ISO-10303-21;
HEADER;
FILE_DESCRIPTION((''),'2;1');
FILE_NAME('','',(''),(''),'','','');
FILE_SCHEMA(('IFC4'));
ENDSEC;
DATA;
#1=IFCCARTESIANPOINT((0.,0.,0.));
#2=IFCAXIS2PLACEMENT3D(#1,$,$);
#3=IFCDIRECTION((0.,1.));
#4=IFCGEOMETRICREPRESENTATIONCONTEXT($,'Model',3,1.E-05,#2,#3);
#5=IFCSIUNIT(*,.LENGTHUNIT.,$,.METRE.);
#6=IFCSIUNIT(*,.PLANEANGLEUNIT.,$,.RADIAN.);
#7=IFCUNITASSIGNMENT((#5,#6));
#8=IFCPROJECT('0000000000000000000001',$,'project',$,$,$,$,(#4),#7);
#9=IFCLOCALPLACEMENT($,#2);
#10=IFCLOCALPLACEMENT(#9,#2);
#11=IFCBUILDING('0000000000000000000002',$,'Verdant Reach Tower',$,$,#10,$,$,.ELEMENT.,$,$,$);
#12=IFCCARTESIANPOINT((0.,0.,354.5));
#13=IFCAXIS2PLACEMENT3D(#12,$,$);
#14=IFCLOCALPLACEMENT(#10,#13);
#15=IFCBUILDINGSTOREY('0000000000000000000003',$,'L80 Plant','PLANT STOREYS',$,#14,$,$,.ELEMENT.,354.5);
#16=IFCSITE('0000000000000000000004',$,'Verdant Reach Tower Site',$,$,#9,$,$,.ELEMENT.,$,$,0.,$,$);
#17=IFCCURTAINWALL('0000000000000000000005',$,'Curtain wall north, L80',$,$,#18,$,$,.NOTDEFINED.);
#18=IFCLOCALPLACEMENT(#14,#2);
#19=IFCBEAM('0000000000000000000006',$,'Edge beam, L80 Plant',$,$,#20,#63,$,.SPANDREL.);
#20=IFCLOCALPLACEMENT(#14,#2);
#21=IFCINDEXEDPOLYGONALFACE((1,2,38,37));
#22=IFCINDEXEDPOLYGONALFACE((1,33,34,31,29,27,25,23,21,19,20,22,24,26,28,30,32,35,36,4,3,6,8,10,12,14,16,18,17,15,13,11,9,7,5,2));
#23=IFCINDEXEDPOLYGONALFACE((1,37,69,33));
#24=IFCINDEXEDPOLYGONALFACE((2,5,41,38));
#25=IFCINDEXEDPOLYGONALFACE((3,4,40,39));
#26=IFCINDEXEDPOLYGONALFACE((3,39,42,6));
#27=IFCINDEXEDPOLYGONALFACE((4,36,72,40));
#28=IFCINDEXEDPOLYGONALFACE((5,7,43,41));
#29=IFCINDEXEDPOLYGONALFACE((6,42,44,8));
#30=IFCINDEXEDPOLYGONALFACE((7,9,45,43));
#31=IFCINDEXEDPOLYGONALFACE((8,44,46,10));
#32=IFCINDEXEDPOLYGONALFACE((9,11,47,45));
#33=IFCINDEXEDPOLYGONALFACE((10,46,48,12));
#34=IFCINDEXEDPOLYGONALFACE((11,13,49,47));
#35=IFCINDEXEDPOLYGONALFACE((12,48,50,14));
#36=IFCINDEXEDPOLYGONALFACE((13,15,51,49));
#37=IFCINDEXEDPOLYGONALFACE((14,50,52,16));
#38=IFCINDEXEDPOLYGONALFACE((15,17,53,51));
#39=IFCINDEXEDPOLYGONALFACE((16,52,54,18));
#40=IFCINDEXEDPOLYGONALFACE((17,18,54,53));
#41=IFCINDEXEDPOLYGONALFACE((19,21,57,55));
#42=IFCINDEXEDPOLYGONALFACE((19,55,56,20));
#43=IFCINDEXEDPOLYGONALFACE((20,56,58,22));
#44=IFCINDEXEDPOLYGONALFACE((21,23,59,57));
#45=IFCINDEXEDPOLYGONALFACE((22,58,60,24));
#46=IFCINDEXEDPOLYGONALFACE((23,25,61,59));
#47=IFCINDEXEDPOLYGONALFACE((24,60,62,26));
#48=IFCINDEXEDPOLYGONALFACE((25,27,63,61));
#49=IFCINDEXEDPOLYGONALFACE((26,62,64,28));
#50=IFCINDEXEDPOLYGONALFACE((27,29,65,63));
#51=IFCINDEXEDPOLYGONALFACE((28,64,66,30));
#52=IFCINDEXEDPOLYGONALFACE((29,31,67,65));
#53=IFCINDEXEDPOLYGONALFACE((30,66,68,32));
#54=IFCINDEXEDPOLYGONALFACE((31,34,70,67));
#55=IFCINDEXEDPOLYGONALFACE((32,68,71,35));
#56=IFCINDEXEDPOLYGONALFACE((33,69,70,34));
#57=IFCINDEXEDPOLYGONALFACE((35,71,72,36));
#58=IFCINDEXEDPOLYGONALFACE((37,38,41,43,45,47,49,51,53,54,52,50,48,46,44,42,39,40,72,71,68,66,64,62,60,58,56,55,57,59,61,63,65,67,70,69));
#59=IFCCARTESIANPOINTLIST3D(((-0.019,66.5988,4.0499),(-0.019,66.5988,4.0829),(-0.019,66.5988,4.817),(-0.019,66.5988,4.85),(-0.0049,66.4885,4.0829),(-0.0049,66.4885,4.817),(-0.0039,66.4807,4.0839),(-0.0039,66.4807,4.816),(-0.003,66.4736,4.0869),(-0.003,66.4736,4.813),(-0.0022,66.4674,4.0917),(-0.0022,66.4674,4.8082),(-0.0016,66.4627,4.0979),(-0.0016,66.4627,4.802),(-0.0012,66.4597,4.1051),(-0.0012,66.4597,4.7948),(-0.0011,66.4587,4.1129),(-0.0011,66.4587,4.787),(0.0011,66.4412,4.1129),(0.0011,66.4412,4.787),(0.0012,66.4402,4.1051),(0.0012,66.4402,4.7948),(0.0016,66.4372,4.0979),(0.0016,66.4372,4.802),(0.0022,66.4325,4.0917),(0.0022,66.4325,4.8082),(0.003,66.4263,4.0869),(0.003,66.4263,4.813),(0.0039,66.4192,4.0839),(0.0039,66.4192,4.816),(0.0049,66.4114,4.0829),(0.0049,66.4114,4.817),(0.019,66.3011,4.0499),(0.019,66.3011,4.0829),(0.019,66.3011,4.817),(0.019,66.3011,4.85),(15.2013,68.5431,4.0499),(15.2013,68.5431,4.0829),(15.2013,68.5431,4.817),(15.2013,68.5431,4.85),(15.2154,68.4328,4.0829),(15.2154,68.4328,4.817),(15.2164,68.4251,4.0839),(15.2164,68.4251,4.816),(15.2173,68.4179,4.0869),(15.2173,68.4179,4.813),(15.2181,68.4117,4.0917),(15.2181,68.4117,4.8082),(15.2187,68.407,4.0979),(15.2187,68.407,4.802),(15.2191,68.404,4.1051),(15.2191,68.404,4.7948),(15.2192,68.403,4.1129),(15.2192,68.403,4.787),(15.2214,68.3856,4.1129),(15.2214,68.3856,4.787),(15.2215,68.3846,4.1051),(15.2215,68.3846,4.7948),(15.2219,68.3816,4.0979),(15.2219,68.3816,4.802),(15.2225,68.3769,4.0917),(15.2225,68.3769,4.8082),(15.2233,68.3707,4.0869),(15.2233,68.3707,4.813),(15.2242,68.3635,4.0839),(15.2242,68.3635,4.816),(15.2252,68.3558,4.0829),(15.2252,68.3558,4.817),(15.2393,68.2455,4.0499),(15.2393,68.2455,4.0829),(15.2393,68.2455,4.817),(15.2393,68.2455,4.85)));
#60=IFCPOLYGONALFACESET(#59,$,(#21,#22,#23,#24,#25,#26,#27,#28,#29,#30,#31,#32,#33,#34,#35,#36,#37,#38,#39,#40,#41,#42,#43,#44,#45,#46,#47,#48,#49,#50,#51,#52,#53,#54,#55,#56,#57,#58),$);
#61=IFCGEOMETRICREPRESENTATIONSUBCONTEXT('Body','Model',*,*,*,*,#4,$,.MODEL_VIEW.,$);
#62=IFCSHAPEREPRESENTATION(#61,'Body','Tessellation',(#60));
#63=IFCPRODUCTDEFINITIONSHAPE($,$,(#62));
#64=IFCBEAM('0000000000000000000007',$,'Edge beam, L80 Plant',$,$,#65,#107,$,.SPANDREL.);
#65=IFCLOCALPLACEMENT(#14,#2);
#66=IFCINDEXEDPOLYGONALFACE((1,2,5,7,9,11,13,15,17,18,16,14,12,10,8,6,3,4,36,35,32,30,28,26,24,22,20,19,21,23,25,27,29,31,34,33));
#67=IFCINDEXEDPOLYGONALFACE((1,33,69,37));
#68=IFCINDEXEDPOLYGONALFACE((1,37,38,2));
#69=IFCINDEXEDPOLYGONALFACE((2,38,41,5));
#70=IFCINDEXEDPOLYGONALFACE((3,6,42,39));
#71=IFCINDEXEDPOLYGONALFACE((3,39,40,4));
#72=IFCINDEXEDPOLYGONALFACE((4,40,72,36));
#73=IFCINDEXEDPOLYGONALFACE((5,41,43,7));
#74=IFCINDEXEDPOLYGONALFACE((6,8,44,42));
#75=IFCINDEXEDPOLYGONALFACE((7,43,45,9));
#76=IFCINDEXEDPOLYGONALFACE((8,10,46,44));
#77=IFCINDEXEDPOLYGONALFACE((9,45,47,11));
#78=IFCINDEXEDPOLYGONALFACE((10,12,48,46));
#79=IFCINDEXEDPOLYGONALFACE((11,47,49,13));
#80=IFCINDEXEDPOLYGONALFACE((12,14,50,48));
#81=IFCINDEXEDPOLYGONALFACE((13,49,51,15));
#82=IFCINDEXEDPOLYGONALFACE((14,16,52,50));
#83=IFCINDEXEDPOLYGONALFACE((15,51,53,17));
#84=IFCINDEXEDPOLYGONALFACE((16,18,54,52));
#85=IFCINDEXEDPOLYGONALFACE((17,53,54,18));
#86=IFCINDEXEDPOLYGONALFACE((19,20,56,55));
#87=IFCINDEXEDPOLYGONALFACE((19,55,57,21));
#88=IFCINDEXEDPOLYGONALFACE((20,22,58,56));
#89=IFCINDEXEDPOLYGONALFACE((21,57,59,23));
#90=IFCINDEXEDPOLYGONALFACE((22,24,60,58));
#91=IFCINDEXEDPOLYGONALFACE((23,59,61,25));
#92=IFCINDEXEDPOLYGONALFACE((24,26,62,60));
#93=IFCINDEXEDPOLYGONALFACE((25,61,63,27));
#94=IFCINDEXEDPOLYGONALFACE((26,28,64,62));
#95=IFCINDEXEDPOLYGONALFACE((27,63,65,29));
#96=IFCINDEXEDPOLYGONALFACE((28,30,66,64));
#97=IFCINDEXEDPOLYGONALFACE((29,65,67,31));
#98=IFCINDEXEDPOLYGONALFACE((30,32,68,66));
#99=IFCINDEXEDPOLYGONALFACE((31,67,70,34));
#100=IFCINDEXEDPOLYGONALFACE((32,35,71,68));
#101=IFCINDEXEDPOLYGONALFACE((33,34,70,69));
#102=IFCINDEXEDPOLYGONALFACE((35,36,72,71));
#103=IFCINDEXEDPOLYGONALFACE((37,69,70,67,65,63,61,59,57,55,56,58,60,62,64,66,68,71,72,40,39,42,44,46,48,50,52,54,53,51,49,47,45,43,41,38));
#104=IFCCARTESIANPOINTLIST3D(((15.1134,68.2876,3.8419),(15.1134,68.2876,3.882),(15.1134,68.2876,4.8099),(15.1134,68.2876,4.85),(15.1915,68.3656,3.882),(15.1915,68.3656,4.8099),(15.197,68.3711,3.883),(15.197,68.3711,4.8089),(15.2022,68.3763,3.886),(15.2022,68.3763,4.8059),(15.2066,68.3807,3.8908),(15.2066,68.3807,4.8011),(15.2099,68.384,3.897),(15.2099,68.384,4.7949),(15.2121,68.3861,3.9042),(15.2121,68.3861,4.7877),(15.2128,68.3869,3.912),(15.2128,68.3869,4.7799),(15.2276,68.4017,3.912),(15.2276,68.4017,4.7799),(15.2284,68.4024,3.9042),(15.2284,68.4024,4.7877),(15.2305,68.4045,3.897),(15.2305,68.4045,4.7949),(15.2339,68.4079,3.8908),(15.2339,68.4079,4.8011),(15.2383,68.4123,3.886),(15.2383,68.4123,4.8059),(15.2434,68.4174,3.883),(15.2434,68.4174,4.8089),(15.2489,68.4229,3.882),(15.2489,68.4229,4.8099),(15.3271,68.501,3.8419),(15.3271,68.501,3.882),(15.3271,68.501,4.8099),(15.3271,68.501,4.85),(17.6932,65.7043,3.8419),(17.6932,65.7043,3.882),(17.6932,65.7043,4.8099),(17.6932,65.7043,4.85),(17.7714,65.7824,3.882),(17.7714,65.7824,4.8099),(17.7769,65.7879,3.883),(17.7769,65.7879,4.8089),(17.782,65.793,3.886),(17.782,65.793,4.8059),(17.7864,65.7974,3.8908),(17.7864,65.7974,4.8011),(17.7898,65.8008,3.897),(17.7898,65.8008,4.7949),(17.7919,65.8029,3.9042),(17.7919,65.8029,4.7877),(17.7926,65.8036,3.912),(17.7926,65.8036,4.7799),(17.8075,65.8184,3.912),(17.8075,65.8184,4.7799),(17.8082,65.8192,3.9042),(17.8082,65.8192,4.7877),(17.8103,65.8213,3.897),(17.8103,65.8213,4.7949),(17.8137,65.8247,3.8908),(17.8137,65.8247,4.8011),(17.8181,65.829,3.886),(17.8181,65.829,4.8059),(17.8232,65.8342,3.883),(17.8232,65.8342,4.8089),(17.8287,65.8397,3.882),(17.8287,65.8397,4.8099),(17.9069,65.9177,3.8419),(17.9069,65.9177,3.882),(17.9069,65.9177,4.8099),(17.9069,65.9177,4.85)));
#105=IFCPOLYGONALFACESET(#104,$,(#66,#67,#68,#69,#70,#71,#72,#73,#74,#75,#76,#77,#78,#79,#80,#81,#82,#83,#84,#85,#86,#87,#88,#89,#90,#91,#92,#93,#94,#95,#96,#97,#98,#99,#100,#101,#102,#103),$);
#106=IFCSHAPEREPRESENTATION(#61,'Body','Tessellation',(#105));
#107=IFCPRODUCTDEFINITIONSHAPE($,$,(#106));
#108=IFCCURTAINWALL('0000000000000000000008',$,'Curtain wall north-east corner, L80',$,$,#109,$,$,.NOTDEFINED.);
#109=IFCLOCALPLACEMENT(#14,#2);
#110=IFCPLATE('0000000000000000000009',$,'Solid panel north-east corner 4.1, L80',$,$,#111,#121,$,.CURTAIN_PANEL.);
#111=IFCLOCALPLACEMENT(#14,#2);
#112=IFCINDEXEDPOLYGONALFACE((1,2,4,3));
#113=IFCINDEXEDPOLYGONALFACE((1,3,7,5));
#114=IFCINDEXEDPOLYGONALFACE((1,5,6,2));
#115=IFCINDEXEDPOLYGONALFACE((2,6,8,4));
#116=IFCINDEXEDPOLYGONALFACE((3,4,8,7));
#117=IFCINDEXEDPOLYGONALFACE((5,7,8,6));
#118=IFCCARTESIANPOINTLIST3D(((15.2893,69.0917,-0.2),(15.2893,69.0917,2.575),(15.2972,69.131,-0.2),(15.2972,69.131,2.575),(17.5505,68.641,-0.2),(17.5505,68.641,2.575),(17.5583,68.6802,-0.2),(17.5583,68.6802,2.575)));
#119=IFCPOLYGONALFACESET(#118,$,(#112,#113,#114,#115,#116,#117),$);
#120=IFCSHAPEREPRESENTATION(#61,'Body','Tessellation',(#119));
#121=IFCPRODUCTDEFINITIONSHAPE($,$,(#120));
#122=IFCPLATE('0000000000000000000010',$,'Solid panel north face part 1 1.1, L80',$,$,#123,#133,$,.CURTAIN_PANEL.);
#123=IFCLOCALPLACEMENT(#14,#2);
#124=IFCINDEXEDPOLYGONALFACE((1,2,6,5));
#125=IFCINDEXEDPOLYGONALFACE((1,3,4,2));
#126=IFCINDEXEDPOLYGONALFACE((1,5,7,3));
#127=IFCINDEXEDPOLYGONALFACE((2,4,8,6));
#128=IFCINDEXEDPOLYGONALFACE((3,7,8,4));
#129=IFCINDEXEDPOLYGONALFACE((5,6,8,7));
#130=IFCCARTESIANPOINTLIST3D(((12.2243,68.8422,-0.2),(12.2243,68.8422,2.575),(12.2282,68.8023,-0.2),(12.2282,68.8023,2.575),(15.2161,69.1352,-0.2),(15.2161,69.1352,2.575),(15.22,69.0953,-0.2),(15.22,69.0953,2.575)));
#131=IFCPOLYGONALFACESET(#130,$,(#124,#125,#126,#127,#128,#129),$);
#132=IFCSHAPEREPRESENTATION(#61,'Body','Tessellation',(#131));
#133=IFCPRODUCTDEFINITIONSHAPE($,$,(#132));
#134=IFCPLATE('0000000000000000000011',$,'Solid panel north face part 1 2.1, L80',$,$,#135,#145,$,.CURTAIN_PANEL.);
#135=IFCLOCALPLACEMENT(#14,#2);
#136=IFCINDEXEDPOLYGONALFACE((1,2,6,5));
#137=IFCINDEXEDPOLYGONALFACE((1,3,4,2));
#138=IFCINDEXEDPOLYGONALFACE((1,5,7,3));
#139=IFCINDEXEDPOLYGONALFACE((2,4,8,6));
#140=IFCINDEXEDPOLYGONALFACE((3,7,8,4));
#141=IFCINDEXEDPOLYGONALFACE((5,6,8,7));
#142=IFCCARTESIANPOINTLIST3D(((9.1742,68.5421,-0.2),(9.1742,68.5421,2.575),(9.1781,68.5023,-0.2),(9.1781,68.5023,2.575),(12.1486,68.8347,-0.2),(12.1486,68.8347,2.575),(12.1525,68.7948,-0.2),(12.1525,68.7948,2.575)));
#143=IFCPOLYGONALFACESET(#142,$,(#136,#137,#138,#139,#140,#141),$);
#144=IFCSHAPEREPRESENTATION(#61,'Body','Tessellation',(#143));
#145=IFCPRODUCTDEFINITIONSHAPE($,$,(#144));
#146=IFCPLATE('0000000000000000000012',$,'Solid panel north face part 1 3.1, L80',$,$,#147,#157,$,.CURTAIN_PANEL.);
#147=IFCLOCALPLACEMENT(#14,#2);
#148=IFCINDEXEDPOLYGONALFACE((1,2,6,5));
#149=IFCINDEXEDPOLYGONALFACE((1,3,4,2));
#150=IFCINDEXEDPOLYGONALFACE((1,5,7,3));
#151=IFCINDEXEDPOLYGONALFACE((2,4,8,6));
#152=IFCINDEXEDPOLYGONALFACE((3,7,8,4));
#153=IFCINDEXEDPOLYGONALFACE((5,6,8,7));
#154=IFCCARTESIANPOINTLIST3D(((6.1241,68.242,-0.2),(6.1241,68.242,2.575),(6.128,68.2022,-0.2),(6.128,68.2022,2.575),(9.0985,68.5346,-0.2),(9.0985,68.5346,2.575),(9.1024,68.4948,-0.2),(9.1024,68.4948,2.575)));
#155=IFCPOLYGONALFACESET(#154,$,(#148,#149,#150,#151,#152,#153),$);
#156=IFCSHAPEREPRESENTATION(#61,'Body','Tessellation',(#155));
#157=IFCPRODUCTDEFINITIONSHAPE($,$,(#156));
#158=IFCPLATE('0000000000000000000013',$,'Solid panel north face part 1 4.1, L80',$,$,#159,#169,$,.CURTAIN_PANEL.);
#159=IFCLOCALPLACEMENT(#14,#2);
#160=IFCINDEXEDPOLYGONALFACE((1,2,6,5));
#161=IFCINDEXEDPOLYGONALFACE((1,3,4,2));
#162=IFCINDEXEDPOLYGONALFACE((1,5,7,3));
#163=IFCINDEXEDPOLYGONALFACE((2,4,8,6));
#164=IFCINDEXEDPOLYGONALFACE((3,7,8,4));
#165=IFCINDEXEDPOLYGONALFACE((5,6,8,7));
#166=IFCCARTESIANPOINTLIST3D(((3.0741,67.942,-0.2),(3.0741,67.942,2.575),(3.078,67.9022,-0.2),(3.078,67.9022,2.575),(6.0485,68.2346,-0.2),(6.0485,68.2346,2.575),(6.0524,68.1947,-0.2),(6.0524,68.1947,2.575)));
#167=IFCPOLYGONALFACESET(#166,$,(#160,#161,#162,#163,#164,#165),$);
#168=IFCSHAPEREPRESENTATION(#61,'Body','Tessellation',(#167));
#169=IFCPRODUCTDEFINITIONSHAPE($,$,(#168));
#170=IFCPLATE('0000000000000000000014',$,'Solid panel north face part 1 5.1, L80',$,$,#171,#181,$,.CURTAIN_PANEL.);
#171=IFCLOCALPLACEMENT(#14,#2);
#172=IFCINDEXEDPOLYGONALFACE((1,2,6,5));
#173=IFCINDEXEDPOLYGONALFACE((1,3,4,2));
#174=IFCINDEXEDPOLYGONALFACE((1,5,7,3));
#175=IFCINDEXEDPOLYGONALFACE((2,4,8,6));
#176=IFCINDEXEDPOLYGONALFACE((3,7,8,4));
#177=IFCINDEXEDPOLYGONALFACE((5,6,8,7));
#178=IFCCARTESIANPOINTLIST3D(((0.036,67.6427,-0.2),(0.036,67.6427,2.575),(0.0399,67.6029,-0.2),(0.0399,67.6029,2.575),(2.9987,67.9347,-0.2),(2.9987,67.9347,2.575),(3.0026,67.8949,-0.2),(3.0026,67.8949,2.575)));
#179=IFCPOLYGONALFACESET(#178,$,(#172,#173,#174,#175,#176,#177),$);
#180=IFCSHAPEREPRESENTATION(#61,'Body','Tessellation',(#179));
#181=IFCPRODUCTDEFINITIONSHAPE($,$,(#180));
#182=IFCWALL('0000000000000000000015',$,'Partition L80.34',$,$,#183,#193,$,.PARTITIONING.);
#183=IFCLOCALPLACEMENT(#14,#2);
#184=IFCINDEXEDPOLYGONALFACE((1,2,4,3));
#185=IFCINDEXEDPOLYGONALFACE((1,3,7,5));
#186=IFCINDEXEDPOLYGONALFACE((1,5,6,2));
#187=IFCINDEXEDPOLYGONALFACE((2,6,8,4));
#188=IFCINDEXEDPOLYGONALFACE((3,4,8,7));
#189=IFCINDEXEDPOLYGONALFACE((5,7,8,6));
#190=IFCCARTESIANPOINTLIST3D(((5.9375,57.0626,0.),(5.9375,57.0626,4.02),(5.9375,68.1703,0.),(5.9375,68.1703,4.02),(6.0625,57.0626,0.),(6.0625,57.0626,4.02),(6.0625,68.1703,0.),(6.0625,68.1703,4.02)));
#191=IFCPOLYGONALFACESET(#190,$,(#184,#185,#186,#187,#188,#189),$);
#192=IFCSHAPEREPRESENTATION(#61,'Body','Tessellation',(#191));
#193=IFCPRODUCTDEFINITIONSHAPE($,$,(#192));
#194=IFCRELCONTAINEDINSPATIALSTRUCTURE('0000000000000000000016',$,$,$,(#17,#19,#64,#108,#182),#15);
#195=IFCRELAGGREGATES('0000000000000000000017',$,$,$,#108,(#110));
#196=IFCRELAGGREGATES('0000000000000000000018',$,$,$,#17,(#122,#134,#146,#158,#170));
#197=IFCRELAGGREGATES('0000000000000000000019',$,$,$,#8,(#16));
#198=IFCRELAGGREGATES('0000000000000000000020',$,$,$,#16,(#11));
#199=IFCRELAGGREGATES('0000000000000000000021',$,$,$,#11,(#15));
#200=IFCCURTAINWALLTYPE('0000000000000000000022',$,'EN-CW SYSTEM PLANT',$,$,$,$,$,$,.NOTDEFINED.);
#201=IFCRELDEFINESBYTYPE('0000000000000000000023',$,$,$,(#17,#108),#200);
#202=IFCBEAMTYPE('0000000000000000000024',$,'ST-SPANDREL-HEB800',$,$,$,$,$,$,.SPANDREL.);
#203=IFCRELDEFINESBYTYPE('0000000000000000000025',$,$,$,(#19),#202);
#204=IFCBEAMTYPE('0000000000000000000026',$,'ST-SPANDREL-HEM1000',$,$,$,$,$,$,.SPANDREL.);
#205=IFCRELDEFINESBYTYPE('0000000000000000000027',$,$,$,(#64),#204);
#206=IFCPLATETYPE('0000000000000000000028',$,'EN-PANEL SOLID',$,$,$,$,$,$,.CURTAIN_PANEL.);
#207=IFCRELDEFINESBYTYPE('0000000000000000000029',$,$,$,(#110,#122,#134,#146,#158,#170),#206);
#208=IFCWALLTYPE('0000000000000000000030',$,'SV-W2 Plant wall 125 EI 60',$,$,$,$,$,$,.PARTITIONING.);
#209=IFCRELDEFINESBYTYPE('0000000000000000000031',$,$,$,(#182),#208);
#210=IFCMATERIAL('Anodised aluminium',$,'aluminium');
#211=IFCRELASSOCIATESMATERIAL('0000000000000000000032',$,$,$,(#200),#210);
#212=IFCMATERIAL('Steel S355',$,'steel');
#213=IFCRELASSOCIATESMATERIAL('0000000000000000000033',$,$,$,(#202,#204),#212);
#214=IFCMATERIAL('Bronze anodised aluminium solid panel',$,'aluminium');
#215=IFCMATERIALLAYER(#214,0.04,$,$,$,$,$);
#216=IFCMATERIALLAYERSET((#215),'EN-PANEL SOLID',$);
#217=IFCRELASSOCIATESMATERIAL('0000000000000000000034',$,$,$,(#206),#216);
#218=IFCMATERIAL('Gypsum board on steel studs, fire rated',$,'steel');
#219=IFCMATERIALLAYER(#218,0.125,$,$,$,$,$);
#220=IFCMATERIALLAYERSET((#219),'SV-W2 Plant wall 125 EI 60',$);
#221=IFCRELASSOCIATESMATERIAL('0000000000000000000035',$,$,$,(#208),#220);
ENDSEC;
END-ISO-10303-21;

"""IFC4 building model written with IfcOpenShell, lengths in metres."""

from ifc_helpers import new_model, si_unit, direction, frame, frame_2d, origin, origin_2d, place, context, subcontext, project, spatial, rectangle, i_section, extrude, material, layer, layer_set, material_profile, profile_set, type_object, element, aggregate, save


model = new_model("IFC4")

# Units and contexts
model_context = context("Model", 3, precision=1e-05, world=origin(), true_north=direction((0.0, 1.0)))
body_context = subcontext(model_context, "Body", "Model", "MODEL_VIEW")
ifc_project = project(units=[si_unit("LENGTHUNIT", "METRE"), si_unit("PLANEANGLEUNIT", "RADIAN")], contexts=[model_context])

# Site, building, storey
site_placement = place(None, origin())
site = spatial("IfcSite", under=ifc_project, at=site_placement, Name="Verdant Reach Tower Site", CompositionType="ELEMENT", RefElevation=0.0)
building_placement = place(site_placement, origin())
building = spatial("IfcBuilding", under=site, at=building_placement, Name="Verdant Reach Tower", CompositionType="ELEMENT")
storey_placement = place(building_placement, frame((0.0, 0.0, 354.5)))
storey = spatial("IfcBuildingStorey", under=building, at=storey_placement, Name="L80 Plant", Description="PLANT STOREYS", CompositionType="ELEMENT", Elevation=354.5)

# Curtain wall
ifc_material_1 = material(Name="Anodised aluminium", Category="aluminium")
curtain_wall_type = type_object("IfcCurtainWallType", Name="EN-CW SYSTEM PLANT", PredefinedType="NOTDEFINED", material=ifc_material_1)
curtain_wall_1_placement = place(storey_placement, origin())
curtain_wall_1 = element("IfcCurtainWall", 1, at=curtain_wall_1_placement, inside=storey, type_object=curtain_wall_type, Name="Curtain wall north, L80", PredefinedType="NOTDEFINED")

# Beams
ifc_material_2 = material(Name="Steel S355", Category="steel")
ifc_material_profile_1 = material_profile(ifc_material_2, i_section(OverallWidth=0.3, OverallDepth=0.8, WebThickness=0.0176, FlangeThickness=0.033, FilletRadius=0.03, at=origin_2d()), Name="HEB 800")
ifc_profile_set_1 = profile_set([ifc_material_profile_1], Name="Steel S355")
beam_type_1 = type_object("IfcBeamType", Name="ST-SPANDREL-HEB800", PredefinedType="SPANDREL", material=ifc_profile_set_1)
beam_1_placement = place(storey_placement, frame((0.0, 66.45, 4.45), z_axis=(0.991939, 0.126717, 0.0), x_axis=(-0.126717, 0.991939, 0.0)))
element("IfcBeam", 2, at=beam_1_placement, inside=storey, type_object=beam_type_1, Name="Edge beam, L80 Plant", PredefinedType="SPANDREL", context=body_context, shape_type="SweptSolid", body=[
    extrude(i_section(OverallWidth=0.3, OverallDepth=0.8, WebThickness=0.0176, FlangeThickness=0.033, FilletRadius=0.03, at=origin_2d()), origin(), (0.0, 0.0, 1.0), 15.344),
])
ifc_material_profile_2 = material_profile(ifc_material_2, i_section(OverallWidth=0.302, OverallDepth=1.0081, WebThickness=0.021, FlangeThickness=0.04, FilletRadius=0.03, at=origin_2d()), Name="HEM 1000")
ifc_profile_set_2 = profile_set([ifc_material_profile_2], Name="Steel S355")
beam_type_2 = type_object("IfcBeamType", Name="ST-SPANDREL-HEM1000", PredefinedType="SPANDREL", material=ifc_profile_set_2)
beam_2_placement = place(storey_placement, frame((15.2202, 68.3943, 4.3459), z_axis=(0.706639, -0.707575, 0.0), x_axis=(0.707575, 0.706639, 0.0)))
element("IfcBeam", 3, at=beam_2_placement, inside=storey, type_object=beam_type_2, Name="Edge beam, L80 Plant", PredefinedType="SPANDREL", context=body_context, shape_type="SweptSolid", body=[
    extrude(i_section(OverallWidth=0.302, OverallDepth=1.0081, WebThickness=0.021, FlangeThickness=0.04, FilletRadius=0.03, at=origin_2d()), origin(), (0.0, 0.0, 1.0), 3.6509),
])

# Curtain wall, plate
curtain_wall_2_placement = place(storey_placement, origin())
curtain_wall_2 = element("IfcCurtainWall", 4, at=curtain_wall_2_placement, inside=storey, type_object=curtain_wall_type, Name="Curtain wall north-east corner, L80", PredefinedType="NOTDEFINED")
ifc_material_3 = material(Name="Bronze anodised aluminium solid panel", Category="aluminium")
ifc_layer_1 = layer(ifc_material_3, 0.04)
ifc_layer_set_1 = layer_set([ifc_layer_1], Name="EN-PANEL SOLID")
plate_type = type_object("IfcPlateType", Name="EN-PANEL SOLID", PredefinedType="CURTAIN_PANEL", material=ifc_layer_set_1)
plate_1_placement = place(storey_placement, frame((16.4238, 68.886, -0.2), z_axis=(0.0, 0.0, 1.0), x_axis=(-0.980705, 0.195493, 0.0)))
plate_1 = element("IfcPlate", 5, at=plate_1_placement, type_object=plate_type, Name="Solid panel north-east corner 4.1, L80", PredefinedType="CURTAIN_PANEL", context=body_context, shape_type="SweptSolid", body=[
    extrude(rectangle(XDim=2.3057, YDim=0.04, at=origin_2d()), origin(), (0.0, 0.0, 1.0), 2.7749),
])

# Plates
plate_2_placement = place(storey_placement, frame((13.7222, 68.9688, -0.2), z_axis=(0.0, 0.0, 1.0), x_axis=(-0.995238, -0.097473, 0.0)))
plate_2 = element("IfcPlate", 6, at=plate_2_placement, type_object=plate_type, Name="Solid panel north face part 1 1.1, L80", PredefinedType="CURTAIN_PANEL", context=body_context, shape_type="SweptSolid", body=[
    extrude(rectangle(XDim=3.0061, YDim=0.04, at=origin_2d()), origin(), (0.0, 0.0, 1.0), 2.7749),
])
plate_3_placement = place(storey_placement, frame((10.6633, 68.6685, -0.2), z_axis=(0.0, 0.0, 1.0), x_axis=(-0.995197, -0.097888, 0.0)))
plate_3 = element("IfcPlate", 7, at=plate_3_placement, type_object=plate_type, Name="Solid panel north face part 1 2.1, L80", PredefinedType="CURTAIN_PANEL", context=body_context, shape_type="SweptSolid", body=[
    extrude(rectangle(XDim=2.9888, YDim=0.04, at=origin_2d()), origin(), (0.0, 0.0, 1.0), 2.7749),
])
plate_4_placement = place(storey_placement, frame((7.6133, 68.3684, -0.2), z_axis=(0.0, 0.0, 1.0), x_axis=(-0.995197, -0.097888, 0.0)))
plate_4 = element("IfcPlate", 8, at=plate_4_placement, type_object=plate_type, Name="Solid panel north face part 1 3.1, L80", PredefinedType="CURTAIN_PANEL", context=body_context, shape_type="SweptSolid", body=[
    extrude(rectangle(XDim=2.9888, YDim=0.04, at=origin_2d()), origin(), (0.0, 0.0, 1.0), 2.7749),
])
plate_5_placement = place(storey_placement, frame((4.5632, 68.0684, -0.2), z_axis=(0.0, 0.0, 1.0), x_axis=(-0.995197, -0.097888, 0.0)))
plate_5 = element("IfcPlate", 9, at=plate_5_placement, type_object=plate_type, Name="Solid panel north face part 1 4.1, L80", PredefinedType="CURTAIN_PANEL", context=body_context, shape_type="SweptSolid", body=[
    extrude(rectangle(XDim=2.9888, YDim=0.04, at=origin_2d()), origin(), (0.0, 0.0, 1.0), 2.7749),
])
plate_6_placement = place(storey_placement, frame((1.5193, 67.7688, -0.2), z_axis=(0.0, 0.0, 1.0), x_axis=(-0.995179, -0.098075, 0.0)))
plate_6 = element("IfcPlate", 10, at=plate_6_placement, type_object=plate_type, Name="Solid panel north face part 1 5.1, L80", PredefinedType="CURTAIN_PANEL", context=body_context, shape_type="SweptSolid", body=[
    extrude(rectangle(XDim=2.9771, YDim=0.04, at=origin_2d()), origin(), (0.0, 0.0, 1.0), 2.7749),
])

# Wall
ifc_material_4 = material(Name="Gypsum board on steel studs, fire rated", Category="steel")
ifc_layer_2 = layer(ifc_material_4, 0.125)
ifc_layer_set_2 = layer_set([ifc_layer_2], Name="SV-W2 Plant wall 125 EI 60")
wall_type = type_object("IfcWallType", Name="SV-W2 Plant wall 125 EI 60", PredefinedType="PARTITIONING", material=ifc_layer_set_2)
wall_placement = place(storey_placement, frame((6.0, 68.1702, 0.0), z_axis=(0.0, 0.0, 1.0), x_axis=(0.0, -1.0, 0.0)))
element("IfcWall", 11, at=wall_placement, inside=storey, type_object=wall_type, Name="Partition L80.34", PredefinedType="PARTITIONING", context=body_context, shape_type="SweptSolid", body=[
    extrude(rectangle(XDim=11.1077, YDim=0.125, at=frame_2d((5.5537, 0.0))), origin(), (0.0, 0.0, 1.0), 4.02),
])

aggregate(curtain_wall_2, [plate_1])
aggregate(curtain_wall_1, [plate_2, plate_3, plate_4, plate_5, plate_6])

save(model, "model.ifc")
